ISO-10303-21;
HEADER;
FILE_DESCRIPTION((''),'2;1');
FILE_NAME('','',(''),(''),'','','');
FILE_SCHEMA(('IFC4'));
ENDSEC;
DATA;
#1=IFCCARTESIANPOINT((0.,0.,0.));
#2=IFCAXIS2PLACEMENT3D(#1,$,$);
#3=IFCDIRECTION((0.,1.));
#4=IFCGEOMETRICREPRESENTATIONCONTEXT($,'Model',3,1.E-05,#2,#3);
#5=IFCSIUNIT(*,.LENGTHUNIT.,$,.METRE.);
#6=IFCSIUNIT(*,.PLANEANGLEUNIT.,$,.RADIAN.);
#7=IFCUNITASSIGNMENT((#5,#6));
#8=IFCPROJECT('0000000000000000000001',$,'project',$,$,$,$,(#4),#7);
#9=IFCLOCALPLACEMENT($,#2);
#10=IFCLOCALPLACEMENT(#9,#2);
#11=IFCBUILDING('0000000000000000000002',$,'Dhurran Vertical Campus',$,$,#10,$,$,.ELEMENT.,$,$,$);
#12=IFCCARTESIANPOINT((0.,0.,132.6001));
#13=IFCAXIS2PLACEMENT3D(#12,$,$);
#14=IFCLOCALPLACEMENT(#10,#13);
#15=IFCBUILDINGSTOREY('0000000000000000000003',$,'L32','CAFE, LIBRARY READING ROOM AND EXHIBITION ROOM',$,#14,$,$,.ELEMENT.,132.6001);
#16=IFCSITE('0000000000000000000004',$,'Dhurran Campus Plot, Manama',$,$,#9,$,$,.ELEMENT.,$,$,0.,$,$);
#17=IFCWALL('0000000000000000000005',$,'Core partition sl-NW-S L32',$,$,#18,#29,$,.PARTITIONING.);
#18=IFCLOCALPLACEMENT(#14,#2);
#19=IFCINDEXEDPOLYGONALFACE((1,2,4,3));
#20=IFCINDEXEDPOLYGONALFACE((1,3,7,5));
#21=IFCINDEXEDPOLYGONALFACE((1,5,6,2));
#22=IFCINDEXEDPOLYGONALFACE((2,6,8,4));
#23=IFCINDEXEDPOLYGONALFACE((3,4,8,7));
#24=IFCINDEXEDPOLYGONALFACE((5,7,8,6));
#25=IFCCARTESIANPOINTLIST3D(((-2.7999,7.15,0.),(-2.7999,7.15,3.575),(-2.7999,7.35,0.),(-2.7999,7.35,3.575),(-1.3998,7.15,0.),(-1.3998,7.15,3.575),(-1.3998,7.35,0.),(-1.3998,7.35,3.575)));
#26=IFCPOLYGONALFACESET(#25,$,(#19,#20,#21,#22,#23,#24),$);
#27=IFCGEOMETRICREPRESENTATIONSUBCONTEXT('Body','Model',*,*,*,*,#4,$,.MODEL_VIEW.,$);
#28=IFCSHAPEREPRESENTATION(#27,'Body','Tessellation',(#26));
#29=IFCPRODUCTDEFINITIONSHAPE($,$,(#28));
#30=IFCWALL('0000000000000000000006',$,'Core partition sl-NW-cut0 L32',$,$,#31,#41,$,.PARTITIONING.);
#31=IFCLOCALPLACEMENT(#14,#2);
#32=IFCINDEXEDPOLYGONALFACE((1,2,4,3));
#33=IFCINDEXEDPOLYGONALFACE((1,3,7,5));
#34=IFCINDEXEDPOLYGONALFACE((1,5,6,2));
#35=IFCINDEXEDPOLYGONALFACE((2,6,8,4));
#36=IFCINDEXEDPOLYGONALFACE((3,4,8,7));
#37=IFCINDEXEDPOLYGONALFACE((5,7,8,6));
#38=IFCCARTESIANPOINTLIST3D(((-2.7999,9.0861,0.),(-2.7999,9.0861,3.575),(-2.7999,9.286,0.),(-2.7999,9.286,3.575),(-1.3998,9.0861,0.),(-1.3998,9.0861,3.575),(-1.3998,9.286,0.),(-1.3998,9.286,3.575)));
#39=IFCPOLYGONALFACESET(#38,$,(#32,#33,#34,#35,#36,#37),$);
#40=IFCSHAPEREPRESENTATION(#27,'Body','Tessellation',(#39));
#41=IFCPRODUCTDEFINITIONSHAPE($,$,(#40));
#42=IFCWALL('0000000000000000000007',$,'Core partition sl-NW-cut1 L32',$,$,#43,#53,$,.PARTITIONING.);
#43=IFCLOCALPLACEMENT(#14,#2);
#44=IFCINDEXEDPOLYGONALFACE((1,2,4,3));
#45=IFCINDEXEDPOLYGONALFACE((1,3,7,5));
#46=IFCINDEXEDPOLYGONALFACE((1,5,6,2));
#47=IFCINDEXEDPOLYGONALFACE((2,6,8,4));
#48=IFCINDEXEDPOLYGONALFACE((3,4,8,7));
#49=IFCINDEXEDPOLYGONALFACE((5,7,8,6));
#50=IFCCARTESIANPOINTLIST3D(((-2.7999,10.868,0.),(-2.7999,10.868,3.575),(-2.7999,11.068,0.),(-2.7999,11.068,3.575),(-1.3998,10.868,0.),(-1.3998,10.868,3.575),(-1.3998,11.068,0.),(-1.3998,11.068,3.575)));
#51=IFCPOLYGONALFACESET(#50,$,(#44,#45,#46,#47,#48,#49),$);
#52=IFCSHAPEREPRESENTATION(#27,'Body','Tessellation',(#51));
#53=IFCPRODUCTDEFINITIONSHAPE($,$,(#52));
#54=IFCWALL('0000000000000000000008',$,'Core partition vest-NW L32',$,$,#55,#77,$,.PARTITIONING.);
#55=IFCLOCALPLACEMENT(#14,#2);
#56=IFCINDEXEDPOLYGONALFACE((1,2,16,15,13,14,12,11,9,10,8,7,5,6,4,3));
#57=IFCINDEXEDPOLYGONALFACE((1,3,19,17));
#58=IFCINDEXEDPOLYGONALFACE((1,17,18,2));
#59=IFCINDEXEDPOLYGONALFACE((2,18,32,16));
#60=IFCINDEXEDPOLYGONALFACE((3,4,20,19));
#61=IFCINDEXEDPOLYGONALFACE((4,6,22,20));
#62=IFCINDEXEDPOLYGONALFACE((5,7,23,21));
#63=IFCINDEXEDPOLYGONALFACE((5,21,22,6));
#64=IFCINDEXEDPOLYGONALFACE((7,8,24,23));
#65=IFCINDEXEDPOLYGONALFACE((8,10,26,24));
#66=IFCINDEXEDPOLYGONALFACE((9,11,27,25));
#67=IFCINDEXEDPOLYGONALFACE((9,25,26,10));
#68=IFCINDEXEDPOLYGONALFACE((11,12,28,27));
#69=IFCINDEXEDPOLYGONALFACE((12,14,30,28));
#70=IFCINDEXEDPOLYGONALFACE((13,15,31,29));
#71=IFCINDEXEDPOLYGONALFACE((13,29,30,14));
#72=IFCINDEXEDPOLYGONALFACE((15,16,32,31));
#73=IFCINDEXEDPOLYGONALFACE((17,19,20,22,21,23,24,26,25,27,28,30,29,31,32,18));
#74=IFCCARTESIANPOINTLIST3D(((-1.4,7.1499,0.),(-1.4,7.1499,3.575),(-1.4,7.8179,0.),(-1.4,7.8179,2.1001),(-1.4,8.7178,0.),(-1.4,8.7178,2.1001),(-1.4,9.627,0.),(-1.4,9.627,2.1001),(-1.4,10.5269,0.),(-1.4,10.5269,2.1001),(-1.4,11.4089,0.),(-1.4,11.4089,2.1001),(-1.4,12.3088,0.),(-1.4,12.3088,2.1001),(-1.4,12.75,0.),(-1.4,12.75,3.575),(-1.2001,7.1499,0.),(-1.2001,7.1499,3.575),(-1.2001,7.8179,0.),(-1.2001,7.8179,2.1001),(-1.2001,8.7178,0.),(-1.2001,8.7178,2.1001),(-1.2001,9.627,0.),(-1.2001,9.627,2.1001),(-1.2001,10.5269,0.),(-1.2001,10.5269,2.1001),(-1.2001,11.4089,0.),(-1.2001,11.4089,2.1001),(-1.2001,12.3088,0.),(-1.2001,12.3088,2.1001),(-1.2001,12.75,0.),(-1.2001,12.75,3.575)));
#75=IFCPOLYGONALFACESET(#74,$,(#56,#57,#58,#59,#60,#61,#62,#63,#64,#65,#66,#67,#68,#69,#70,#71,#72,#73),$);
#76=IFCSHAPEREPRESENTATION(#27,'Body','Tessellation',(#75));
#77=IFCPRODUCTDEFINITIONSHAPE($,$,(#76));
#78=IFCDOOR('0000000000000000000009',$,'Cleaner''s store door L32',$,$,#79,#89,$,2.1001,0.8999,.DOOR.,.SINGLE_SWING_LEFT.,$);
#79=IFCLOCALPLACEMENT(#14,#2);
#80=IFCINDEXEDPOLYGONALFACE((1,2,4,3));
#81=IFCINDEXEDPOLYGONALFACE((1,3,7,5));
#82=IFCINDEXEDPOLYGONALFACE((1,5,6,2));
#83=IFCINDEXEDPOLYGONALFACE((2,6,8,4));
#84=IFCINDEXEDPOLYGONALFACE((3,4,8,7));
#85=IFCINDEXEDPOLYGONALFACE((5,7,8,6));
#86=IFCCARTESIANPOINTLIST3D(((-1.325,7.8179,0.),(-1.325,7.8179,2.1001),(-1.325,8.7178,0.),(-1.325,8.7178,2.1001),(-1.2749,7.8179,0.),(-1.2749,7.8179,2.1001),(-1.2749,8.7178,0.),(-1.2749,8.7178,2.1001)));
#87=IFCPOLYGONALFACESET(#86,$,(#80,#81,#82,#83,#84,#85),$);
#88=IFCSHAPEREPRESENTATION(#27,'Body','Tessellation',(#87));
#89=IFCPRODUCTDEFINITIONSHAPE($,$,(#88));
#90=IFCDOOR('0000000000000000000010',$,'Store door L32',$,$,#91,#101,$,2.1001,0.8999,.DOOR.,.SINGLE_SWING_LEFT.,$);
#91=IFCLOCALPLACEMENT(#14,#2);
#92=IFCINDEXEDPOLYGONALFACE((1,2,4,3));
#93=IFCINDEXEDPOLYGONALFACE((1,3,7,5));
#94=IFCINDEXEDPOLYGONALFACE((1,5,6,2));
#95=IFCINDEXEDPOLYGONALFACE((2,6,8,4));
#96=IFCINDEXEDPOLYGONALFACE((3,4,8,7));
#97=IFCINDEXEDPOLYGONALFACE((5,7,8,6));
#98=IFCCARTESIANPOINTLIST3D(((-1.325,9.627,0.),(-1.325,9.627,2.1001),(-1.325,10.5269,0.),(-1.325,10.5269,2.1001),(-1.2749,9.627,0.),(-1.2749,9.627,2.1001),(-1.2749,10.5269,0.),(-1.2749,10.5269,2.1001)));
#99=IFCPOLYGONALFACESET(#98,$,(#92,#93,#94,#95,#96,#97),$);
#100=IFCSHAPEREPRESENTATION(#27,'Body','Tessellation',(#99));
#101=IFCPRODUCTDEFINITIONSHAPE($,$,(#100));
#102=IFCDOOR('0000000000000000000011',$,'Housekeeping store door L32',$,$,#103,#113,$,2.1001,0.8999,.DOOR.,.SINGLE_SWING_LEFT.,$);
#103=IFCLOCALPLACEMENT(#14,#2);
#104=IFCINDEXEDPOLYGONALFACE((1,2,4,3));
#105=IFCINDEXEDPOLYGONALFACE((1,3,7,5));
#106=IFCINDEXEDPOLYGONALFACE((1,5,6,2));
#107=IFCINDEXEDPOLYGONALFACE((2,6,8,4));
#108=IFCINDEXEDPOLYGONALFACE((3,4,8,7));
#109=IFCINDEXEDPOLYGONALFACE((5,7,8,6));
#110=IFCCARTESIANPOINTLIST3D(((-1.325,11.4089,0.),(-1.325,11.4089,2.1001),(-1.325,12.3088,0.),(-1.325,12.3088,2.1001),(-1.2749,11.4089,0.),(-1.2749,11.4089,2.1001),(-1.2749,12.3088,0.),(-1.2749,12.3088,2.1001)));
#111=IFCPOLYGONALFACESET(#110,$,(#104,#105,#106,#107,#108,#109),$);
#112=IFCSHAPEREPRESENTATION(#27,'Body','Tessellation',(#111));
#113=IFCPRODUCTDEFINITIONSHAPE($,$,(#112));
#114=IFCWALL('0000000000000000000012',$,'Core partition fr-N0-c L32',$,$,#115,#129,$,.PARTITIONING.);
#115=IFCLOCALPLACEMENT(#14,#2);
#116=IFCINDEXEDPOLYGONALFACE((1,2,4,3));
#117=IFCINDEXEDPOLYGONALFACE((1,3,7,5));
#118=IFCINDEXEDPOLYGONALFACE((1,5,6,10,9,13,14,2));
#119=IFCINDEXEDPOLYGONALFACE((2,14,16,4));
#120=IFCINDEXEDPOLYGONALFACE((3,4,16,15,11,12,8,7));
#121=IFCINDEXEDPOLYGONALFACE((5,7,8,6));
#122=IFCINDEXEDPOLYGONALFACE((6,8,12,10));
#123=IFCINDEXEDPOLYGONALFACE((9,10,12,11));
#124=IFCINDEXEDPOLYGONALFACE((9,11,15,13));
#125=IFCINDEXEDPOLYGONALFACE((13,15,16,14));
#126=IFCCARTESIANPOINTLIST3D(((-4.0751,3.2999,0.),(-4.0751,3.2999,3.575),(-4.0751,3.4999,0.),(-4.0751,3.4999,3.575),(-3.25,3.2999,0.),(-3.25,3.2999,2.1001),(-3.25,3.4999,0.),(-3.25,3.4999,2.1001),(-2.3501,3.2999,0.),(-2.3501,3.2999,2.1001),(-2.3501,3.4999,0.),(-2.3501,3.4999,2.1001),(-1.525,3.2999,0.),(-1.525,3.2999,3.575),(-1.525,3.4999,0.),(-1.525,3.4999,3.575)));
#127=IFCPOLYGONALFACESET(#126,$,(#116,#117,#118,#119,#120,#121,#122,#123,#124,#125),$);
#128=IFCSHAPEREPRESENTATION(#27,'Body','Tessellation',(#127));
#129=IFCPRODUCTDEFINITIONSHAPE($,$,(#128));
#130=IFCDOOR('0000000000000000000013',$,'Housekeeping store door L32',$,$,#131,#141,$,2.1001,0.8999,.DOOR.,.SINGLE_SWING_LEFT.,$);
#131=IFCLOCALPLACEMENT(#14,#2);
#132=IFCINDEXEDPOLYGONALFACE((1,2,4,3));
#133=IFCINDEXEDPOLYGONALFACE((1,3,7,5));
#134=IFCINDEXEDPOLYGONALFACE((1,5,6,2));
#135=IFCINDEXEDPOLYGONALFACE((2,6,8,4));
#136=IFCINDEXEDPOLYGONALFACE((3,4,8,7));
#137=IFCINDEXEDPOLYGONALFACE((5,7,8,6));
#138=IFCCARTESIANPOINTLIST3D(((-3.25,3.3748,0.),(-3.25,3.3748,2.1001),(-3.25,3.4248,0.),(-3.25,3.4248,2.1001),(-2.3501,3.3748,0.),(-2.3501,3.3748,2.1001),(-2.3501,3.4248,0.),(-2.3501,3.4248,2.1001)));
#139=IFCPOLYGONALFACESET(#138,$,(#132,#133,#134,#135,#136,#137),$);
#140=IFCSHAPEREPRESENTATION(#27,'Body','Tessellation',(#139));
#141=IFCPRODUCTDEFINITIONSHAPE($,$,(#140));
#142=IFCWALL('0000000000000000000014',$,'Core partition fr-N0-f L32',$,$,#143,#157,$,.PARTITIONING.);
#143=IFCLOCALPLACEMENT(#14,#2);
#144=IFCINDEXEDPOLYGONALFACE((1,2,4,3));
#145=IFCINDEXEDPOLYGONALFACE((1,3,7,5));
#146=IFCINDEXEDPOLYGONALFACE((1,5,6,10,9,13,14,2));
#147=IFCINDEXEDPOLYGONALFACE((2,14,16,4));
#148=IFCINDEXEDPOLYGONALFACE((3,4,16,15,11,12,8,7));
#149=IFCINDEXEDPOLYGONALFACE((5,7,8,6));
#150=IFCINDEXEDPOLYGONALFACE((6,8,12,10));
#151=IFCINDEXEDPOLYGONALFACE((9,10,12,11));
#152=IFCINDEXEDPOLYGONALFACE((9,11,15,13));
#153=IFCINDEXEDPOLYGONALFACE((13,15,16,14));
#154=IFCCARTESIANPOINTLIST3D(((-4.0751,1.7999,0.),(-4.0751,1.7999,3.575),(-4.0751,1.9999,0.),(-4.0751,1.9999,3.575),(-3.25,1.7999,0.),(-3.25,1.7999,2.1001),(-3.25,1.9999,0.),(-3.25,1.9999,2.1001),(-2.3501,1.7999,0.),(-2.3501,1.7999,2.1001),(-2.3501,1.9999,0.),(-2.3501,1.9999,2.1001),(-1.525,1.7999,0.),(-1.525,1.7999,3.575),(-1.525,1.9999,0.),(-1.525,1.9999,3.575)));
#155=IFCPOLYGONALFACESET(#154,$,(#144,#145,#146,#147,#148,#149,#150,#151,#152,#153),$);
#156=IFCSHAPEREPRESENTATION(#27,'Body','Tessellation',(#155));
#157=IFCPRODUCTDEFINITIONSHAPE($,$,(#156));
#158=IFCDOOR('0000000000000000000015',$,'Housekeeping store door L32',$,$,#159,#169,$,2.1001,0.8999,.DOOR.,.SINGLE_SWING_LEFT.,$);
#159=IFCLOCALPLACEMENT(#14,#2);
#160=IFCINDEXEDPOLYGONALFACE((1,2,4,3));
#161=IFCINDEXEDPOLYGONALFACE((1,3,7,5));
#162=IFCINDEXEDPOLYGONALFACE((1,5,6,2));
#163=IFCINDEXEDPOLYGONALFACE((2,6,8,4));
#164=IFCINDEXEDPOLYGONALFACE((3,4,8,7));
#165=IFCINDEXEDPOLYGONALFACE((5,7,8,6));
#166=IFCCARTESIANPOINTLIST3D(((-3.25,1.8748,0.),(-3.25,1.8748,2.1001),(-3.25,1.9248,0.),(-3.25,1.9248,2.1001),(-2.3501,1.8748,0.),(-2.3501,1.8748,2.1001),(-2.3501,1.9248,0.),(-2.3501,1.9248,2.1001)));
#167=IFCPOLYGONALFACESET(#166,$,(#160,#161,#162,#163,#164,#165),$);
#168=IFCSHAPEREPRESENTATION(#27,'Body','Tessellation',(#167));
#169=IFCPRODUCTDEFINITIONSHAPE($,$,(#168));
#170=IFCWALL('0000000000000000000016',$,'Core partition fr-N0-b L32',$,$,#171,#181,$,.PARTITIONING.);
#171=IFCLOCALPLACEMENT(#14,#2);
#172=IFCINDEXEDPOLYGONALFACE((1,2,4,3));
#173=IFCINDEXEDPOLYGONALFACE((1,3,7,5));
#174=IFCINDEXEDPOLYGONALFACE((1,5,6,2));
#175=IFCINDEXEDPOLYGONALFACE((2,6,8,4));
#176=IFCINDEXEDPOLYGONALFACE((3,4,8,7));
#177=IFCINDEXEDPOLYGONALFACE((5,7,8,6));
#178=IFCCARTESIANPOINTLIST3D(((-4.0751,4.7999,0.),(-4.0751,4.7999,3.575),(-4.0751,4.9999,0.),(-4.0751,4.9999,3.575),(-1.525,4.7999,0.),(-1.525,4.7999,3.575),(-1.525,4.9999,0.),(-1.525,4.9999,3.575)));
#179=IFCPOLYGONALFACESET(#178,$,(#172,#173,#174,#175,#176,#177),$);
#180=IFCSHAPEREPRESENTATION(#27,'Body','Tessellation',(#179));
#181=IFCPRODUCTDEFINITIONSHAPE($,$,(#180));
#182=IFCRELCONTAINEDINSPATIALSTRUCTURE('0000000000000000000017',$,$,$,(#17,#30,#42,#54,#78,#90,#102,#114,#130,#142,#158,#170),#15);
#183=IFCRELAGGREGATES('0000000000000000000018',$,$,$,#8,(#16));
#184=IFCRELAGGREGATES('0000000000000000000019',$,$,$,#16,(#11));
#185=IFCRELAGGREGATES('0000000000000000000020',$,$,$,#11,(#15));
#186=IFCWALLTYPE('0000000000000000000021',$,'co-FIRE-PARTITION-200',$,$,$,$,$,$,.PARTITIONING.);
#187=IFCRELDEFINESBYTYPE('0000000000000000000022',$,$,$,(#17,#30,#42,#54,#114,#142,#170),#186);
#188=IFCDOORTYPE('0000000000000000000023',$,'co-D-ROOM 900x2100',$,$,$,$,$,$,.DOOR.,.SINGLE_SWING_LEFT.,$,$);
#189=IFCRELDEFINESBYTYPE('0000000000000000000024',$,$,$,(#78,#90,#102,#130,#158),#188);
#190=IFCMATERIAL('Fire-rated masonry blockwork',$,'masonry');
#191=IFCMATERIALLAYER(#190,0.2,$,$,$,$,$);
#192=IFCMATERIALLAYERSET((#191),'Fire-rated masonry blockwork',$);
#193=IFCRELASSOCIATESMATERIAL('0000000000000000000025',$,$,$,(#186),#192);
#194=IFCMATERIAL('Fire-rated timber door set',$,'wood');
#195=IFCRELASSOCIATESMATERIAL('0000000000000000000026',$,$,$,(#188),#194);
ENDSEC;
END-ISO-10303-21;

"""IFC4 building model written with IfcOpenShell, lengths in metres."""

from ifc_helpers import new_model, si_unit, direction, frame, frame_2d, origin, place, context, subcontext, project, spatial, rectangle, extrude, material, layer, layer_set, type_object, element, fill, save


model = new_model("IFC4")

# Units and contexts
model_context = context("Model", 3, precision=1e-05, world=origin(), true_north=direction((0.0, 1.0)))
body_context = subcontext(model_context, "Body", "Model", "MODEL_VIEW")
ifc_project = project(units=[si_unit("LENGTHUNIT", "METRE"), si_unit("PLANEANGLEUNIT", "RADIAN")], contexts=[model_context])

# Site, building, storey
site_placement = place(None, origin())
site = spatial("IfcSite", under=ifc_project, at=site_placement, Name="Dhurran Campus Plot, Manama", CompositionType="ELEMENT", RefElevation=0.0)
building_placement = place(site_placement, origin())
building = spatial("IfcBuilding", under=site, at=building_placement, Name="Dhurran Vertical Campus", CompositionType="ELEMENT")
storey_placement = place(building_placement, frame((0.0, 0.0, 132.6001)))
storey = spatial("IfcBuildingStorey", under=building, at=storey_placement, Name="L32", Description="CAFE, LIBRARY READING ROOM AND EXHIBITION ROOM", CompositionType="ELEMENT", Elevation=132.6001)

# Walls
ifc_material_1 = material(Name="Fire-rated masonry blockwork", Category="masonry")
ifc_layer_1 = layer(ifc_material_1, 0.2)
ifc_layer_set_1 = layer_set([ifc_layer_1], Name="Fire-rated masonry blockwork")
wall_type_1 = type_object("IfcWallType", Name="co-FIRE-PARTITION-200", PredefinedType="PARTITIONING", material=ifc_layer_set_1)
for number, where, z_axis, x_axis, name in (
    (1, (-2.8, 7.25, 0.0), (0.0, 0.0, 1.0), (1.0, 0.0, 0.0), "Core partition sl-NW-S L32"),
    (2, (-2.8, 9.186, 0.0), (0.0, 0.0, 1.0), (1.0, 0.0, 0.0), "Core partition sl-NW-cut0 L32"),
    (3, (-2.8, 10.968, 0.0), (0.0, 0.0, 1.0), (1.0, 0.0, 0.0), "Core partition sl-NW-cut1 L32"),
):
    element("IfcWall", number, at=place(storey_placement, frame(where, z_axis=z_axis, x_axis=x_axis)), inside=storey, type_object=wall_type_1, Name=name, PredefinedType="PARTITIONING", context=body_context, shape_type="SweptSolid", body=[
        extrude(rectangle(XDim=1.4001, YDim=0.2, at=frame_2d((0.7002, 0.0))), origin(), (0.0, 0.0, 1.0), 3.575),
    ])

# Wall, openings, doors
wall_1_placement = place(storey_placement, frame((-1.3, 7.1499, 0.0), z_axis=(0.0, 0.0, 1.0), x_axis=(0.0, 1.0, 0.0)))
wall_1 = element("IfcWall", 4, at=wall_1_placement, inside=storey, type_object=wall_type_1, Name="Core partition vest-NW L32", PredefinedType="PARTITIONING", context=body_context, shape_type="SweptSolid", body=[
    extrude(rectangle(XDim=5.6001, YDim=0.2, at=frame_2d((2.8, 0.0))), origin(), (0.0, 0.0, 1.0), 3.575),
])
opening_1_placement = place(wall_1_placement, frame((0.668, 0.0, 0.0)))
opening_1 = element("IfcOpeningElement", 5, at=opening_1_placement, cuts=wall_1, PredefinedType="OPENING", context=body_context, shape_type="SweptSolid", body=[
    extrude(rectangle(XDim=0.8999, YDim=2.1001, at=frame_2d((0.45, 1.05))), frame((0.0, 0.1099, 0.0), z_axis=(0.0, -1.0, 0.0), x_axis=(1.0, 0.0, 0.0)), (0.0, 0.0, 1.0), 0.22),
])
opening_2_placement = place(wall_1_placement, frame((2.4771, 0.0, 0.0)))
opening_2 = element("IfcOpeningElement", 6, at=opening_2_placement, cuts=wall_1, PredefinedType="OPENING", context=body_context, shape_type="SweptSolid", body=[
    extrude(rectangle(XDim=0.8999, YDim=2.1001, at=frame_2d((0.45, 1.05))), frame((0.0, 0.1099, 0.0), z_axis=(0.0, -1.0, 0.0), x_axis=(1.0, 0.0, 0.0)), (0.0, 0.0, 1.0), 0.22),
])
opening_3_placement = place(wall_1_placement, frame((4.259, 0.0, 0.0)))
opening_3 = element("IfcOpeningElement", 7, at=opening_3_placement, cuts=wall_1, PredefinedType="OPENING", context=body_context, shape_type="SweptSolid", body=[
    extrude(rectangle(XDim=0.8999, YDim=2.1001, at=frame_2d((0.45, 1.05))), frame((0.0, 0.1099, 0.0), z_axis=(0.0, -1.0, 0.0), x_axis=(1.0, 0.0, 0.0)), (0.0, 0.0, 1.0), 0.22),
])
ifc_material_2 = material(Name="Fire-rated timber door set", Category="wood")
door_type_1 = type_object("IfcDoorType", Name="co-D-ROOM 900x2100", OperationType="SINGLE_SWING_LEFT", PredefinedType="DOOR", material=ifc_material_2)
door_1_placement = place(opening_1_placement, origin())
door_1 = element("IfcDoor", 8, at=door_1_placement, inside=storey, type_object=door_type_1, Name="Cleaner's store door L32", OperationType="SINGLE_SWING_LEFT", OverallHeight=2.1001, OverallWidth=0.8999, PredefinedType="DOOR", context=body_context, shape_type="SweptSolid", body=[
    extrude(rectangle(XDim=0.8999, YDim=2.1001, at=frame_2d((0.45, 1.05))), frame((0.0, 0.0249, 0.0), z_axis=(0.0, -1.0, 0.0), x_axis=(1.0, 0.0, 0.0)), (0.0, 0.0, 1.0), 0.05),
])
fill(opening_1, door_1)
door_2_placement = place(opening_2_placement, origin())
door_2 = element("IfcDoor", 9, at=door_2_placement, inside=storey, type_object=door_type_1, Name="Store door L32", OperationType="SINGLE_SWING_LEFT", OverallHeight=2.1001, OverallWidth=0.8999, PredefinedType="DOOR", context=body_context, shape_type="SweptSolid", body=[
    extrude(rectangle(XDim=0.8999, YDim=2.1001, at=frame_2d((0.45, 1.05))), frame((0.0, 0.0249, 0.0), z_axis=(0.0, -1.0, 0.0), x_axis=(1.0, 0.0, 0.0)), (0.0, 0.0, 1.0), 0.05),
])
fill(opening_2, door_2)
door_3_placement = place(opening_3_placement, origin())
door_3 = element("IfcDoor", 10, at=door_3_placement, inside=storey, type_object=door_type_1, Name="Housekeeping store door L32", OperationType="SINGLE_SWING_LEFT", OverallHeight=2.1001, OverallWidth=0.8999, PredefinedType="DOOR", context=body_context, shape_type="SweptSolid", body=[
    extrude(rectangle(XDim=0.8999, YDim=2.1001, at=frame_2d((0.45, 1.05))), frame((0.0, 0.0249, 0.0), z_axis=(0.0, -1.0, 0.0), x_axis=(1.0, 0.0, 0.0)), (0.0, 0.0, 1.0), 0.05),
])
fill(opening_3, door_3)

# Walls, openings, doors
wall_2_placement = place(storey_placement, frame((-4.075, 3.3999, 0.0), z_axis=(0.0, 0.0, 1.0), x_axis=(1.0, 0.0, 0.0)))
wall_2 = element("IfcWall", 11, at=wall_2_placement, inside=storey, type_object=wall_type_1, Name="Core partition fr-N0-c L32", PredefinedType="PARTITIONING", context=body_context, shape_type="SweptSolid", body=[
    extrude(rectangle(XDim=2.55, YDim=0.2, at=frame_2d((1.2749, 0.0))), origin(), (0.0, 0.0, 1.0), 3.575),
])
opening_4_placement = place(wall_2_placement, frame((0.825, 0.0, 0.0)))
opening_4 = element("IfcOpeningElement", 12, at=opening_4_placement, cuts=wall_2, PredefinedType="OPENING", context=body_context, shape_type="SweptSolid", body=[
    extrude(rectangle(XDim=0.8999, YDim=2.1001, at=frame_2d((0.45, 1.05))), frame((0.0, 0.1099, 0.0), z_axis=(0.0, -1.0, 0.0), x_axis=(1.0, 0.0, 0.0)), (0.0, 0.0, 1.0), 0.22),
])
door_4_placement = place(opening_4_placement, origin())
door_4 = element("IfcDoor", 13, at=door_4_placement, inside=storey, type_object=door_type_1, Name="Housekeeping store door L32", OperationType="SINGLE_SWING_LEFT", OverallHeight=2.1001, OverallWidth=0.8999, PredefinedType="DOOR", context=body_context, shape_type="SweptSolid", body=[
    extrude(rectangle(XDim=0.8999, YDim=2.1001, at=frame_2d((0.45, 1.05))), frame((0.0, 0.0249, 0.0), z_axis=(0.0, -1.0, 0.0), x_axis=(1.0, 0.0, 0.0)), (0.0, 0.0, 1.0), 0.05),
])
fill(opening_4, door_4)
wall_3_placement = place(storey_placement, frame((-4.075, 1.8999, 0.0), z_axis=(0.0, 0.0, 1.0), x_axis=(1.0, 0.0, 0.0)))
wall_3 = element("IfcWall", 14, at=wall_3_placement, inside=storey, type_object=wall_type_1, Name="Core partition fr-N0-f L32", PredefinedType="PARTITIONING", context=body_context, shape_type="SweptSolid", body=[
    extrude(rectangle(XDim=2.55, YDim=0.2, at=frame_2d((1.2749, 0.0))), origin(), (0.0, 0.0, 1.0), 3.575),
])
opening_5_placement = place(wall_3_placement, frame((0.825, 0.0, 0.0)))
opening_5 = element("IfcOpeningElement", 15, at=opening_5_placement, cuts=wall_3, PredefinedType="OPENING", context=body_context, shape_type="SweptSolid", body=[
    extrude(rectangle(XDim=0.8999, YDim=2.1001, at=frame_2d((0.45, 1.05))), frame((0.0, 0.1099, 0.0), z_axis=(0.0, -1.0, 0.0), x_axis=(1.0, 0.0, 0.0)), (0.0, 0.0, 1.0), 0.22),
])
door_5_placement = place(opening_5_placement, origin())
door_5 = element("IfcDoor", 16, at=door_5_placement, inside=storey, type_object=door_type_1, Name="Housekeeping store door L32", OperationType="SINGLE_SWING_LEFT", OverallHeight=2.1001, OverallWidth=0.8999, PredefinedType="DOOR", context=body_context, shape_type="SweptSolid", body=[
    extrude(rectangle(XDim=0.8999, YDim=2.1001, at=frame_2d((0.45, 1.05))), frame((0.0, 0.0249, 0.0), z_axis=(0.0, -1.0, 0.0), x_axis=(1.0, 0.0, 0.0)), (0.0, 0.0, 1.0), 0.05),
])
fill(opening_5, door_5)

# Wall
wall_4_placement = place(storey_placement, frame((-4.075, 4.8999, 0.0), z_axis=(0.0, 0.0, 1.0), x_axis=(1.0, 0.0, 0.0)))
element("IfcWall", 17, at=wall_4_placement, inside=storey, type_object=wall_type_1, Name="Core partition fr-N0-b L32", PredefinedType="PARTITIONING", context=body_context, shape_type="SweptSolid", body=[
    extrude(rectangle(XDim=2.55, YDim=0.2, at=frame_2d((1.2749, 0.0))), origin(), (0.0, 0.0, 1.0), 3.575),
])

save(model, "model.ifc")
